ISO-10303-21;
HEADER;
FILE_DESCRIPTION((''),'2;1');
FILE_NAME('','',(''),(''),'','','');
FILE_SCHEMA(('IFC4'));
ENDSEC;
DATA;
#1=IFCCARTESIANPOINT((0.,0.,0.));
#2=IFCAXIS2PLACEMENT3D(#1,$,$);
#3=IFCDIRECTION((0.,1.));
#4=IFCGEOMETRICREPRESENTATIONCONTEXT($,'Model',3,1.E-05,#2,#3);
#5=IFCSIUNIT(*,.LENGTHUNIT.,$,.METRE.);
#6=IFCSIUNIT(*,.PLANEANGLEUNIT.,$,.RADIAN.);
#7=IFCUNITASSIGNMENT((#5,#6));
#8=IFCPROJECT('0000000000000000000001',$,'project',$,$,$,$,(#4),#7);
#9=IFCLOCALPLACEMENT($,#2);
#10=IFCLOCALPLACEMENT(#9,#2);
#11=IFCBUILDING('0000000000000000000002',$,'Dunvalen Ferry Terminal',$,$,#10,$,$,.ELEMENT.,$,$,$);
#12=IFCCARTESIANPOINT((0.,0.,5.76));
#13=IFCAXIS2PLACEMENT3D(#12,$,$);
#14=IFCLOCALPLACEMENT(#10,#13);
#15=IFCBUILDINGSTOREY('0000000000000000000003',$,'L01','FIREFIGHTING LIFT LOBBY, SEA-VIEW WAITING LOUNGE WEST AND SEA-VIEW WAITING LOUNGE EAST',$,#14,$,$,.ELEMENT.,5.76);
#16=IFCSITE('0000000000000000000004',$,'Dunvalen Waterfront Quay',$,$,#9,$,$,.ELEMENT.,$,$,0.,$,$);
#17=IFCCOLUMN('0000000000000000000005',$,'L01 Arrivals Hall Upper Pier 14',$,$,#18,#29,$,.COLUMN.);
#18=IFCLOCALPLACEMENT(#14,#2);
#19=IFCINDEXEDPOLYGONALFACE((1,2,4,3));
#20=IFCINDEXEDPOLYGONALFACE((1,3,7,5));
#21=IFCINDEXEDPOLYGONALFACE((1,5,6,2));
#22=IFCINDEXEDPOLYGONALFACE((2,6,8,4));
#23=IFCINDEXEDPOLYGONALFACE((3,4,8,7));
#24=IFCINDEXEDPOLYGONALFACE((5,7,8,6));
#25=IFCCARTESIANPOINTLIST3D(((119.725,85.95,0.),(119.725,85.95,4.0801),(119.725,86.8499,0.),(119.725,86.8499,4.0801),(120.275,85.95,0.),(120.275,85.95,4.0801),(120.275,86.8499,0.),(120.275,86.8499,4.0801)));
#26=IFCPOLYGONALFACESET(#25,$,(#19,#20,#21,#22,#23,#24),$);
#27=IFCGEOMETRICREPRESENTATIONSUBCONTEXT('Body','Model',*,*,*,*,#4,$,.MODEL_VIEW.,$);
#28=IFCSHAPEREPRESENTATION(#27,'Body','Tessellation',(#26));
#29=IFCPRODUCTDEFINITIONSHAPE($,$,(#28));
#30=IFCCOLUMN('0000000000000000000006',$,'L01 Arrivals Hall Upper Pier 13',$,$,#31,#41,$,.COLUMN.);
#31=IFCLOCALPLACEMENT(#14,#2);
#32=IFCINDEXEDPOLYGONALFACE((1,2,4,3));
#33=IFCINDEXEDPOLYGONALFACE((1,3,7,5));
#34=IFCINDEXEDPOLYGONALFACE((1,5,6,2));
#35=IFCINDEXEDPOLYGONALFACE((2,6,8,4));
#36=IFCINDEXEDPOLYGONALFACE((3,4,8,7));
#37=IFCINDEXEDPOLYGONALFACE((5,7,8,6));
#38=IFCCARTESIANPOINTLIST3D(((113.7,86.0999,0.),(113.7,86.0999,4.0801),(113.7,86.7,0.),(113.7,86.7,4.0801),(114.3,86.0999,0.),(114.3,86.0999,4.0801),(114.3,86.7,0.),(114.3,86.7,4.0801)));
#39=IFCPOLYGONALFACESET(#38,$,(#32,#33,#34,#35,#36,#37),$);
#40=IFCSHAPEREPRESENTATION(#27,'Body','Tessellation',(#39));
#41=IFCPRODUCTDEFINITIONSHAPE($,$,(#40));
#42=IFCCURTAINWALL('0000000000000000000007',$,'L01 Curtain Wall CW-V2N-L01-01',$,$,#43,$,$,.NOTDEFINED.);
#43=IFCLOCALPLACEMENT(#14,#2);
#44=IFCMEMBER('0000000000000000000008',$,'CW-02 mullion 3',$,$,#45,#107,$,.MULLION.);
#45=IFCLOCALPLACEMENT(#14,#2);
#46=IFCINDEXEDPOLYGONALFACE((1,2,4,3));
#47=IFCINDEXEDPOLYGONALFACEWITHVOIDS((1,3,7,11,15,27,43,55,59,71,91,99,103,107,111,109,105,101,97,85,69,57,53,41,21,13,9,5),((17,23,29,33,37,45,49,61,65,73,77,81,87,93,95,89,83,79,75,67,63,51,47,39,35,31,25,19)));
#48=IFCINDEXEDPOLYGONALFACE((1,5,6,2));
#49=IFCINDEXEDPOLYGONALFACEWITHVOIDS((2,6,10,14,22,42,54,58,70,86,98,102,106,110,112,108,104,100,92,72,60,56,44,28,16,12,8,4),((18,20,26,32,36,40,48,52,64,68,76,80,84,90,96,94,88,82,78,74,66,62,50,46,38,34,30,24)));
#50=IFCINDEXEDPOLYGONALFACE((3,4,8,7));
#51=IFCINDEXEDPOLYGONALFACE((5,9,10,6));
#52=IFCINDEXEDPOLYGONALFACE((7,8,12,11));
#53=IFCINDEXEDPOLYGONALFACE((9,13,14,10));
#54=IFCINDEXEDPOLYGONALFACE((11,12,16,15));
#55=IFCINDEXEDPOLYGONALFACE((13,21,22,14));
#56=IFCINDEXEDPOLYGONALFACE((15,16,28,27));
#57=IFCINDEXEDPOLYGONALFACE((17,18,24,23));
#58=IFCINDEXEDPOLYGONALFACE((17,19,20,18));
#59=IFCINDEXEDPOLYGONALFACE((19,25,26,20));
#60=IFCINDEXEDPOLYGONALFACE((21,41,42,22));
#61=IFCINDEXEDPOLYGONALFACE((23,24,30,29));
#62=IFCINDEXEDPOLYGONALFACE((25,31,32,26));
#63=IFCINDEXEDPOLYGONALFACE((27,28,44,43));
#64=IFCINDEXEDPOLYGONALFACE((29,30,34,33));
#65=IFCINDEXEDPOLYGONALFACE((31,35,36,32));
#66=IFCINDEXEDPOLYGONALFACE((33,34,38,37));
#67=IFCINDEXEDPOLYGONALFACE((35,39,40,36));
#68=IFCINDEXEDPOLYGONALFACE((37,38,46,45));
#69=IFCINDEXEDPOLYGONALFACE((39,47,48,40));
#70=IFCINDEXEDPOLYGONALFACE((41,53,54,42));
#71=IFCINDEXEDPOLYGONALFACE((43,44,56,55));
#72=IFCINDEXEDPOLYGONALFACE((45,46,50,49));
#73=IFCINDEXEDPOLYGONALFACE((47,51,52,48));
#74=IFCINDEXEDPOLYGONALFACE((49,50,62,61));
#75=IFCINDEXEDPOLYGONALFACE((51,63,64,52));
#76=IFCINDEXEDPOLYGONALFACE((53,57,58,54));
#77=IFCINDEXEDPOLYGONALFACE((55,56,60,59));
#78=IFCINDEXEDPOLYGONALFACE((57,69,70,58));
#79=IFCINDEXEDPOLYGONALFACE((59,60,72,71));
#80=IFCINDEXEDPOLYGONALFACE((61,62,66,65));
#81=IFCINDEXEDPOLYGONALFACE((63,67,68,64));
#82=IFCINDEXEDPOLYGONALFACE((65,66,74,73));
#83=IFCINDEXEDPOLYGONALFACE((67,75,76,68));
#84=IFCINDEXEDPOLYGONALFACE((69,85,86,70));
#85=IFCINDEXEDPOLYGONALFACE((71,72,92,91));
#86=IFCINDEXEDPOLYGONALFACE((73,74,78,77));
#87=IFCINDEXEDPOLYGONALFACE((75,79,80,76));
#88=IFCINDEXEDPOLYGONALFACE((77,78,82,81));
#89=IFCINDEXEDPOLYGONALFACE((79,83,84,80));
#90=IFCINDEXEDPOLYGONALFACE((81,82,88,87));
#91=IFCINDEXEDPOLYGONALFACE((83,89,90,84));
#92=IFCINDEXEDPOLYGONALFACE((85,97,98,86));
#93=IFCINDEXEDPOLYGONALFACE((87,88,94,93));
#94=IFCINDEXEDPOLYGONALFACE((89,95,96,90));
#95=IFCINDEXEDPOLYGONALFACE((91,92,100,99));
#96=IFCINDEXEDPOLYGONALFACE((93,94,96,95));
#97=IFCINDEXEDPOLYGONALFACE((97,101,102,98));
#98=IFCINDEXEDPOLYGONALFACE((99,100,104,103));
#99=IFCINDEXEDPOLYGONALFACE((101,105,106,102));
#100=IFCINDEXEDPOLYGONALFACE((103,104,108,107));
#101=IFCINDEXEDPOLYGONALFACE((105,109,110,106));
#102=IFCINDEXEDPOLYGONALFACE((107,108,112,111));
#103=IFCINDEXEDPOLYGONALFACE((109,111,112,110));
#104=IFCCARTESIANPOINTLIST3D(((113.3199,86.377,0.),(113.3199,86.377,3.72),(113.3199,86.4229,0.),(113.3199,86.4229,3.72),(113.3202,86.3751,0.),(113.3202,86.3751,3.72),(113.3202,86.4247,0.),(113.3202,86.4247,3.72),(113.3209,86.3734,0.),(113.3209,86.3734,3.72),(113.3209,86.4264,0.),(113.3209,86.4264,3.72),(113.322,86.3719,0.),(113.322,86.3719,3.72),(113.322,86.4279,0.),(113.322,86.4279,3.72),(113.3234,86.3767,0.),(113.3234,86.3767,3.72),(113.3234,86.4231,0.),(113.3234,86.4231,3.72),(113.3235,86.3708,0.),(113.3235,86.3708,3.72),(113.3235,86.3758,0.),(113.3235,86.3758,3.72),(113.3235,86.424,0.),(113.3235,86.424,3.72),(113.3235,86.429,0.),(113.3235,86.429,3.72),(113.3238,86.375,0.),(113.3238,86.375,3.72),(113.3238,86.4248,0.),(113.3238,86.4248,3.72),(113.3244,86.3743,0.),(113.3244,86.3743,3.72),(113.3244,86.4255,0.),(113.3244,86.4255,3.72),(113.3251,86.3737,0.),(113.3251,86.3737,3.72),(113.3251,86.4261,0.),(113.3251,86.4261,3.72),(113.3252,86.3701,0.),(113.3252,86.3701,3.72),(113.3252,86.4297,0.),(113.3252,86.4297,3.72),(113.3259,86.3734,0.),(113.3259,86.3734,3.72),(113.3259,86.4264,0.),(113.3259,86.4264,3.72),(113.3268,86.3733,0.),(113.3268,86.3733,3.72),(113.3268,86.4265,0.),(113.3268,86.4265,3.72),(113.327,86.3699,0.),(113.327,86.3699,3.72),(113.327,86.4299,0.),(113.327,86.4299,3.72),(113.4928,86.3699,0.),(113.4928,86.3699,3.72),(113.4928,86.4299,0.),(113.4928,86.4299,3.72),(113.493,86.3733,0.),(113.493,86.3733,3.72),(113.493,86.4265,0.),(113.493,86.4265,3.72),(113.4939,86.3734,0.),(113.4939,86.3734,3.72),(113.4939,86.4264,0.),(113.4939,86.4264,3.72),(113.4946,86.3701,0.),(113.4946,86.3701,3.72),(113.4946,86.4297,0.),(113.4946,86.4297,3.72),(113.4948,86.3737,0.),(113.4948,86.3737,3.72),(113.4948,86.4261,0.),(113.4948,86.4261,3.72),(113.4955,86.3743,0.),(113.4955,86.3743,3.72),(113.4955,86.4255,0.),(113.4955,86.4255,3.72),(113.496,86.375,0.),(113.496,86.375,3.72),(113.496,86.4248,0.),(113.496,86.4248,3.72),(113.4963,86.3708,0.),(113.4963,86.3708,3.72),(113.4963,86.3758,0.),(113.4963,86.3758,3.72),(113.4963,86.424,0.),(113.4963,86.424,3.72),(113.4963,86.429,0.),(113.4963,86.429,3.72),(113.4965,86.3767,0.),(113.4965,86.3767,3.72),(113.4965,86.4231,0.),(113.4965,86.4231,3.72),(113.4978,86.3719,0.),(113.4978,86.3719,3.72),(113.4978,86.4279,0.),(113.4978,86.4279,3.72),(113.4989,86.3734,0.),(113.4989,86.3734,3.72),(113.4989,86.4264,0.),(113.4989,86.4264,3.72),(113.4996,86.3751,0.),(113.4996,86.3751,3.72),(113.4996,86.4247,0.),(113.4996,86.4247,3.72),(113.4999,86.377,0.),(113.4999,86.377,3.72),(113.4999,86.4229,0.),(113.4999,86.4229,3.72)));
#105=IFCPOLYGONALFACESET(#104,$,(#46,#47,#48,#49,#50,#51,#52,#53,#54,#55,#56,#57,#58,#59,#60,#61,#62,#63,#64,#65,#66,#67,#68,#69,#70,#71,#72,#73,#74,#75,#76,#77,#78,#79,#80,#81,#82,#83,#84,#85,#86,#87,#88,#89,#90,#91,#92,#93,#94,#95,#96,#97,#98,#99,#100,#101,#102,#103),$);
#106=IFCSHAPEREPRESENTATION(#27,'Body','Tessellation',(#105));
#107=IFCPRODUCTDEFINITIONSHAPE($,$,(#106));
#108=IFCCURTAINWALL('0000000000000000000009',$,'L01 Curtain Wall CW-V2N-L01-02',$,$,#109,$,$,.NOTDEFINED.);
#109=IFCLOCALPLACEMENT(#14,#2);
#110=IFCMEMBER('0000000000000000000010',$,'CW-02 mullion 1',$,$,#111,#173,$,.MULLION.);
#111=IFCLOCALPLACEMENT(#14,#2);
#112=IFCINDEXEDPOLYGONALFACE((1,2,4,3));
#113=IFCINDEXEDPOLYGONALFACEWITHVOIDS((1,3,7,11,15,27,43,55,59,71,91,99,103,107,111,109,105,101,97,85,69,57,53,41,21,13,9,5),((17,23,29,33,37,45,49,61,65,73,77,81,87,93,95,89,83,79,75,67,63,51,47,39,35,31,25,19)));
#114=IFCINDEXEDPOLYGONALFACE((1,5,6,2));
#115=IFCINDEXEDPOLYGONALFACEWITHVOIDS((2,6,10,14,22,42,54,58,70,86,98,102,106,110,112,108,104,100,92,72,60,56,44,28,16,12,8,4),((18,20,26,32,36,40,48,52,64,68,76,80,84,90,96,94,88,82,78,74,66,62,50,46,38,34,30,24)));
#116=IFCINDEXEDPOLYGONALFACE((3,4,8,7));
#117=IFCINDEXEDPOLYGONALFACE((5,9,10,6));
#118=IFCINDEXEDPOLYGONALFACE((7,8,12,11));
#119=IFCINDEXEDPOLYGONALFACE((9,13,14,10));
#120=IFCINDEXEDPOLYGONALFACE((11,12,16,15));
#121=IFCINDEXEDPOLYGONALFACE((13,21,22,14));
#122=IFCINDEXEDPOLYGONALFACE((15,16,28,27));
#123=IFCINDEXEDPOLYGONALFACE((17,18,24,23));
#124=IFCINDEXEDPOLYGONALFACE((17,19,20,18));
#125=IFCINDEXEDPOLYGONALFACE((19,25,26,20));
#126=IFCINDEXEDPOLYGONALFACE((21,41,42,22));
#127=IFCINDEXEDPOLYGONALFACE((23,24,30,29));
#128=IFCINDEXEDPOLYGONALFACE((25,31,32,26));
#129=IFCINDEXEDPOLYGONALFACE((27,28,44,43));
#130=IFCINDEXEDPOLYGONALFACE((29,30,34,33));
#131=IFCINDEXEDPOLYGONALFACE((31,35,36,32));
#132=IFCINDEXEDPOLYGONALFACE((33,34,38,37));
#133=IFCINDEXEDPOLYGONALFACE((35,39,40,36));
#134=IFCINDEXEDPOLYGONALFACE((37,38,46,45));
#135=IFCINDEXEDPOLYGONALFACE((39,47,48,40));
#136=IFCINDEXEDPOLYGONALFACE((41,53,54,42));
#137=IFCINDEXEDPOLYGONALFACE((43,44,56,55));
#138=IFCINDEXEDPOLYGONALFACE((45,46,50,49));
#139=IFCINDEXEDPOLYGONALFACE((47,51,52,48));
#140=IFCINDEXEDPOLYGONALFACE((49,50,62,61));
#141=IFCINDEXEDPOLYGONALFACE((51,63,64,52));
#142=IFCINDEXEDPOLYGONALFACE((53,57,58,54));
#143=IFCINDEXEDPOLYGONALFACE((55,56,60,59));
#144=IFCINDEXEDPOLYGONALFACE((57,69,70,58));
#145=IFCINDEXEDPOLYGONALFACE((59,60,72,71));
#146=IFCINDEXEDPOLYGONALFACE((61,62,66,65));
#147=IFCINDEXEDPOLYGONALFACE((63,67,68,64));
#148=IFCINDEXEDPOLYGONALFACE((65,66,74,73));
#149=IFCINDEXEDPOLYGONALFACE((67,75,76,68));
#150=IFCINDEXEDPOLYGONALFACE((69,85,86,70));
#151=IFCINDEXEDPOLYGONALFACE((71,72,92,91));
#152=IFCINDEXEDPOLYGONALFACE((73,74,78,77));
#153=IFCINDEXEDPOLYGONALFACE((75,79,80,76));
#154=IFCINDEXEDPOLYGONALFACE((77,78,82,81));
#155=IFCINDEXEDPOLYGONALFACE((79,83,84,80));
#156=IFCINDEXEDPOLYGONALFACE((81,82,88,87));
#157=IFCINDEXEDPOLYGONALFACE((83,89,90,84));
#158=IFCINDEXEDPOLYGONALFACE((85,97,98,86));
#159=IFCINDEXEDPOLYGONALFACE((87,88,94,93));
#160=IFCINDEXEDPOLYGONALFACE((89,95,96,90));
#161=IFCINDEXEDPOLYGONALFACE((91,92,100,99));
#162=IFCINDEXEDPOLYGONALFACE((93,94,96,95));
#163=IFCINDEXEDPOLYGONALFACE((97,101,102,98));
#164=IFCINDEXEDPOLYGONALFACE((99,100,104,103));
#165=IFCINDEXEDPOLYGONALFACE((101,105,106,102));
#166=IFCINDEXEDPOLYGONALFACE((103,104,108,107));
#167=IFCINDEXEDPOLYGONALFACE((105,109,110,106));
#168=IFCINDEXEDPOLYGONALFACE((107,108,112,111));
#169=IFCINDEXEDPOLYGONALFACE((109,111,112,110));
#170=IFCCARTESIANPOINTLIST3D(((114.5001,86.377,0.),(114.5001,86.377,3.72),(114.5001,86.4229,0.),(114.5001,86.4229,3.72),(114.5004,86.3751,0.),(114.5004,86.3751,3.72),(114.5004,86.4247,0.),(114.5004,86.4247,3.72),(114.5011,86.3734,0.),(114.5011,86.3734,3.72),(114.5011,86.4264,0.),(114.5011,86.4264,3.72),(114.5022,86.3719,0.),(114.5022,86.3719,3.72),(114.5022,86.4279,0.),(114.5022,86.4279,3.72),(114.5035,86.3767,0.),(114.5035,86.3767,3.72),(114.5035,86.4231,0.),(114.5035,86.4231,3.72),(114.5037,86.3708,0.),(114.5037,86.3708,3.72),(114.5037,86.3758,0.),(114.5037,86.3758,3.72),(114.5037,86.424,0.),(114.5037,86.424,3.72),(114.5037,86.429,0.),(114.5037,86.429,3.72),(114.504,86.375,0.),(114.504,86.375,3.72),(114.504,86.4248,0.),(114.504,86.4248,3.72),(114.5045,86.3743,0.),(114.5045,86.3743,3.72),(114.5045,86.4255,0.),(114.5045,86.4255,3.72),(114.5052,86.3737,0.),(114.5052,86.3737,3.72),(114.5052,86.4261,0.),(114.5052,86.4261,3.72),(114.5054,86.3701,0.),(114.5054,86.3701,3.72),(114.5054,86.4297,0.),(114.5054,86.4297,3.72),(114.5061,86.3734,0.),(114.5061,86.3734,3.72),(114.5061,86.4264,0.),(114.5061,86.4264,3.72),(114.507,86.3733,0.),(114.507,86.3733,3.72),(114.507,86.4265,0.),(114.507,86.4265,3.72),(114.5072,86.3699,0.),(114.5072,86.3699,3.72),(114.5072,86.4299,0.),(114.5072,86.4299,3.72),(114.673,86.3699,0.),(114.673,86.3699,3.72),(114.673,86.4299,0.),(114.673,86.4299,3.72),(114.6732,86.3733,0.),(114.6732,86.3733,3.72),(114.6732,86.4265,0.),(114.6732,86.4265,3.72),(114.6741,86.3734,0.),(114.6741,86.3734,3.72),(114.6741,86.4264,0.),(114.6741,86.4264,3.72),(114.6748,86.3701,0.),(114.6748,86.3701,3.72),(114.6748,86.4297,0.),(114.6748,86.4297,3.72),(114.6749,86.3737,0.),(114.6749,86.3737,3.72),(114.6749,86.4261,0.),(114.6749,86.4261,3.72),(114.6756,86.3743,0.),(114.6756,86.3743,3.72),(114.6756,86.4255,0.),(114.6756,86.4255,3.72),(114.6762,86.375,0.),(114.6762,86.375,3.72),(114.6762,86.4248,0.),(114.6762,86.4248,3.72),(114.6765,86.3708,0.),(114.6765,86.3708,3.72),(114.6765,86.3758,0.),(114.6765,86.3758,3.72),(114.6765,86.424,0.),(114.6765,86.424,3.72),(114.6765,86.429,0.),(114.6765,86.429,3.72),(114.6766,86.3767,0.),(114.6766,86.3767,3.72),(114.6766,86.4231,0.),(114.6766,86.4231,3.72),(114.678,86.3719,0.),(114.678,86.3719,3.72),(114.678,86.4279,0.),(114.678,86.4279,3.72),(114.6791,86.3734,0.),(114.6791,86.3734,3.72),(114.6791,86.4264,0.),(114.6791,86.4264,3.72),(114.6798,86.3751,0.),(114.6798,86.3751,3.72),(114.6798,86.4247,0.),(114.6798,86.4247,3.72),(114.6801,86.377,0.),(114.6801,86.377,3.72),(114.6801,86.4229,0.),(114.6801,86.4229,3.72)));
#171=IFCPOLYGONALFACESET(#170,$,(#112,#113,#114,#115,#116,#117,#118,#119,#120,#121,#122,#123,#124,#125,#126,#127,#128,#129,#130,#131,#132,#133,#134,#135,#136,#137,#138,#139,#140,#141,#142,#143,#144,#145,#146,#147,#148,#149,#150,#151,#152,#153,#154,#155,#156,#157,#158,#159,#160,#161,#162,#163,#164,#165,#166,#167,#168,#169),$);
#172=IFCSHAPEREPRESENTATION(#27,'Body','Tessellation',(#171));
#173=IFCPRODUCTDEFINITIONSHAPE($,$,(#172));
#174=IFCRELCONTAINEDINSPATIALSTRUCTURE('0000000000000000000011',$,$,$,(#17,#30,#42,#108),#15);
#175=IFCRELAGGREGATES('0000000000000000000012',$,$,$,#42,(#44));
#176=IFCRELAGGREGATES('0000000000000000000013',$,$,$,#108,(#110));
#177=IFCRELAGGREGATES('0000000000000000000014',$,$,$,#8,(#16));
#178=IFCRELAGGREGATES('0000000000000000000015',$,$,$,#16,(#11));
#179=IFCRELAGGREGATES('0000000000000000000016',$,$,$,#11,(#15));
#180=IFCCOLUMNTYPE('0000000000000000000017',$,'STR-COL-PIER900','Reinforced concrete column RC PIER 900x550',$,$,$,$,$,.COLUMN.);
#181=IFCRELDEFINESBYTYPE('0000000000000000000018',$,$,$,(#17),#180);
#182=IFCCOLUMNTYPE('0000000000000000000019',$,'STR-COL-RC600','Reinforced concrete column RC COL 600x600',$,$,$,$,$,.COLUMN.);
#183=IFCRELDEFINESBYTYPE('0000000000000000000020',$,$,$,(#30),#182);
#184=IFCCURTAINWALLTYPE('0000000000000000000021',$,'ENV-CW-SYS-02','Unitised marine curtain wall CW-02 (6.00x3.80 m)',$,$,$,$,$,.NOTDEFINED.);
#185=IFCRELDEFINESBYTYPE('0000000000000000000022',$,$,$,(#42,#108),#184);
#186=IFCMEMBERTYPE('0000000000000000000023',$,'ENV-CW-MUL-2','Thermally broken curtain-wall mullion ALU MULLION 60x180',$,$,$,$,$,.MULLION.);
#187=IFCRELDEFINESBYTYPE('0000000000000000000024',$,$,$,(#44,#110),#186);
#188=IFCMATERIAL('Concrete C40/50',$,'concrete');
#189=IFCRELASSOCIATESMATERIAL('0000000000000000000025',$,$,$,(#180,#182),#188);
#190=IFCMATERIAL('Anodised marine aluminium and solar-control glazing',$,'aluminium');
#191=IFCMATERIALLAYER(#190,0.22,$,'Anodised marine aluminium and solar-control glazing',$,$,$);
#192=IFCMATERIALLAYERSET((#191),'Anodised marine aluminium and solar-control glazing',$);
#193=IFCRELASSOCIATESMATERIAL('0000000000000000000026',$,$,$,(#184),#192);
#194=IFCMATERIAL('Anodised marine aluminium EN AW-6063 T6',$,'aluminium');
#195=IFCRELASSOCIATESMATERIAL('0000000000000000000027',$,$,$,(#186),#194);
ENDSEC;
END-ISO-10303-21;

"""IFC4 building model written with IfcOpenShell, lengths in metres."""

from ifc_helpers import new_model, si_unit, direction, frame, origin, origin_2d, place, context, subcontext, project, spatial, rectangle, hollow_rectangle, extrude, material, layer, layer_set, material_profile, profile_set, type_object, element, aggregate, save


model = new_model("IFC4")

# Units and contexts
model_context = context("Model", 3, precision=1e-05, world=origin(), true_north=direction((0.0, 1.0)))
body_context = subcontext(model_context, "Body", "Model", "MODEL_VIEW")
ifc_project = project(units=[si_unit("LENGTHUNIT", "METRE"), si_unit("PLANEANGLEUNIT", "RADIAN")], contexts=[model_context])

# Site, building, storey
site_placement = place(None, origin())
site = spatial("IfcSite", under=ifc_project, at=site_placement, Name="Dunvalen Waterfront Quay", CompositionType="ELEMENT", RefElevation=0.0)
building_placement = place(site_placement, origin())
building = spatial("IfcBuilding", under=site, at=building_placement, Name="Dunvalen Ferry Terminal", CompositionType="ELEMENT")
storey_placement = place(building_placement, frame((0.0, 0.0, 5.76)))
storey = spatial("IfcBuildingStorey", under=building, at=storey_placement, Name="L01", Description="FIREFIGHTING LIFT LOBBY, SEA-VIEW WAITING LOUNGE WEST AND SEA-VIEW WAITING LOUNGE EAST", CompositionType="ELEMENT", Elevation=5.76)

# Columns
ifc_material_1 = material(Name="Concrete C40/50", Category="concrete")
ifc_material_profile_1 = material_profile(ifc_material_1, rectangle(XDim=0.55, YDim=0.8999, at=origin_2d()), Name="Concrete C40/50")
ifc_profile_set_1 = profile_set([ifc_material_profile_1], Name="Concrete C40/50")
column_type_1 = type_object("IfcColumnType", Name="STR-COL-PIER900", Description="Reinforced concrete column RC PIER 900x550", PredefinedType="COLUMN", material=ifc_profile_set_1)
column_1_placement = place(storey_placement, frame((120.0, 86.3999, 0.0), z_axis=(0.0, 0.0, 1.0), x_axis=(1.0, 0.0, 0.0)))
element("IfcColumn", 1, at=column_1_placement, inside=storey, type_object=column_type_1, Name="L01 Arrivals Hall Upper Pier 14", PredefinedType="COLUMN", context=body_context, shape_type="SweptSolid", body=[
    extrude(rectangle(XDim=0.55, YDim=0.8999, at=origin_2d()), origin(), (0.0, 0.0, 1.0), 4.0801),
])
ifc_material_profile_2 = material_profile(ifc_material_1, rectangle(XDim=0.6001, YDim=0.6001, at=origin_2d()), Name="Concrete C40/50")
ifc_profile_set_2 = profile_set([ifc_material_profile_2], Name="Concrete C40/50")
column_type_2 = type_object("IfcColumnType", Name="STR-COL-RC600", Description="Reinforced concrete column RC COL 600x600", PredefinedType="COLUMN", material=ifc_profile_set_2)
column_2_placement = place(storey_placement, frame((114.0, 86.3999, 0.0), z_axis=(0.0, 0.0, 1.0), x_axis=(1.0, 0.0, 0.0)))
element("IfcColumn", 2, at=column_2_placement, inside=storey, type_object=column_type_2, Name="L01 Arrivals Hall Upper Pier 13", PredefinedType="COLUMN", context=body_context, shape_type="SweptSolid", body=[
    extrude(rectangle(XDim=0.6001, YDim=0.6001, at=origin_2d()), origin(), (0.0, 0.0, 1.0), 4.0801),
])

# Curtain wall, member
ifc_material_2 = material(Name="Anodised marine aluminium and solar-control glazing", Category="aluminium")
ifc_layer_1 = layer(ifc_material_2, 0.22, Name="Anodised marine aluminium and solar-control glazing")
ifc_layer_set_1 = layer_set([ifc_layer_1], Name="Anodised marine aluminium and solar-control glazing")
curtain_wall_type = type_object("IfcCurtainWallType", Name="ENV-CW-SYS-02", Description="Unitised marine curtain wall CW-02 (6.00x3.80 m)", PredefinedType="NOTDEFINED", material=ifc_layer_set_1)
curtain_wall_1_placement = place(storey_placement, origin())
curtain_wall_1 = element("IfcCurtainWall", 3, at=curtain_wall_1_placement, inside=storey, type_object=curtain_wall_type, Name="L01 Curtain Wall CW-V2N-L01-01", PredefinedType="NOTDEFINED")
ifc_material_3 = material(Name="Anodised marine aluminium EN AW-6063 T6", Category="aluminium")
ifc_material_profile_3 = material_profile(ifc_material_3, hollow_rectangle(XDim=0.0601, YDim=0.1799, WallThickness=0.0034, InnerFilletRadius=0.0034, OuterFilletRadius=0.0071, at=origin_2d()), Name="Anodised marine aluminium EN AW-6063 T6")
ifc_profile_set_3 = profile_set([ifc_material_profile_3], Name="Anodised marine aluminium EN AW-6063 T6")
member_type_1 = type_object("IfcMemberType", Name="ENV-CW-MUL-2", Description="Thermally broken curtain-wall mullion ALU MULLION 60x180", PredefinedType="MULLION", material=ifc_profile_set_3)
member_1_placement = place(storey_placement, frame((113.4099, 86.3999, 0.0), z_axis=(0.0, 0.0, 1.0), x_axis=(0.0, 1.0, 0.0)))
member_1 = element("IfcMember", 4, at=member_1_placement, type_object=member_type_1, Name="CW-02 mullion 3", PredefinedType="MULLION", context=body_context, shape_type="SweptSolid", body=[
    extrude(hollow_rectangle(XDim=0.0601, YDim=0.1799, WallThickness=0.0034, InnerFilletRadius=0.0034, OuterFilletRadius=0.0071, at=origin_2d()), origin(), (0.0, 0.0, 1.0), 3.72),
])

# Curtain wall, member
curtain_wall_2_placement = place(storey_placement, origin())
curtain_wall_2 = element("IfcCurtainWall", 5, at=curtain_wall_2_placement, inside=storey, type_object=curtain_wall_type, Name="L01 Curtain Wall CW-V2N-L01-02", PredefinedType="NOTDEFINED")
member_2_placement = place(storey_placement, frame((114.5901, 86.3999, 0.0), z_axis=(0.0, 0.0, 1.0), x_axis=(0.0, 1.0, 0.0)))
member_2 = element("IfcMember", 6, at=member_2_placement, type_object=member_type_1, Name="CW-02 mullion 1", PredefinedType="MULLION", context=body_context, shape_type="SweptSolid", body=[
    extrude(hollow_rectangle(XDim=0.0601, YDim=0.1799, WallThickness=0.0034, InnerFilletRadius=0.0034, OuterFilletRadius=0.0071, at=origin_2d()), origin(), (0.0, 0.0, 1.0), 3.72),
])

aggregate(curtain_wall_1, [member_1])
aggregate(curtain_wall_2, [member_2])

save(model, "model.ifc")
